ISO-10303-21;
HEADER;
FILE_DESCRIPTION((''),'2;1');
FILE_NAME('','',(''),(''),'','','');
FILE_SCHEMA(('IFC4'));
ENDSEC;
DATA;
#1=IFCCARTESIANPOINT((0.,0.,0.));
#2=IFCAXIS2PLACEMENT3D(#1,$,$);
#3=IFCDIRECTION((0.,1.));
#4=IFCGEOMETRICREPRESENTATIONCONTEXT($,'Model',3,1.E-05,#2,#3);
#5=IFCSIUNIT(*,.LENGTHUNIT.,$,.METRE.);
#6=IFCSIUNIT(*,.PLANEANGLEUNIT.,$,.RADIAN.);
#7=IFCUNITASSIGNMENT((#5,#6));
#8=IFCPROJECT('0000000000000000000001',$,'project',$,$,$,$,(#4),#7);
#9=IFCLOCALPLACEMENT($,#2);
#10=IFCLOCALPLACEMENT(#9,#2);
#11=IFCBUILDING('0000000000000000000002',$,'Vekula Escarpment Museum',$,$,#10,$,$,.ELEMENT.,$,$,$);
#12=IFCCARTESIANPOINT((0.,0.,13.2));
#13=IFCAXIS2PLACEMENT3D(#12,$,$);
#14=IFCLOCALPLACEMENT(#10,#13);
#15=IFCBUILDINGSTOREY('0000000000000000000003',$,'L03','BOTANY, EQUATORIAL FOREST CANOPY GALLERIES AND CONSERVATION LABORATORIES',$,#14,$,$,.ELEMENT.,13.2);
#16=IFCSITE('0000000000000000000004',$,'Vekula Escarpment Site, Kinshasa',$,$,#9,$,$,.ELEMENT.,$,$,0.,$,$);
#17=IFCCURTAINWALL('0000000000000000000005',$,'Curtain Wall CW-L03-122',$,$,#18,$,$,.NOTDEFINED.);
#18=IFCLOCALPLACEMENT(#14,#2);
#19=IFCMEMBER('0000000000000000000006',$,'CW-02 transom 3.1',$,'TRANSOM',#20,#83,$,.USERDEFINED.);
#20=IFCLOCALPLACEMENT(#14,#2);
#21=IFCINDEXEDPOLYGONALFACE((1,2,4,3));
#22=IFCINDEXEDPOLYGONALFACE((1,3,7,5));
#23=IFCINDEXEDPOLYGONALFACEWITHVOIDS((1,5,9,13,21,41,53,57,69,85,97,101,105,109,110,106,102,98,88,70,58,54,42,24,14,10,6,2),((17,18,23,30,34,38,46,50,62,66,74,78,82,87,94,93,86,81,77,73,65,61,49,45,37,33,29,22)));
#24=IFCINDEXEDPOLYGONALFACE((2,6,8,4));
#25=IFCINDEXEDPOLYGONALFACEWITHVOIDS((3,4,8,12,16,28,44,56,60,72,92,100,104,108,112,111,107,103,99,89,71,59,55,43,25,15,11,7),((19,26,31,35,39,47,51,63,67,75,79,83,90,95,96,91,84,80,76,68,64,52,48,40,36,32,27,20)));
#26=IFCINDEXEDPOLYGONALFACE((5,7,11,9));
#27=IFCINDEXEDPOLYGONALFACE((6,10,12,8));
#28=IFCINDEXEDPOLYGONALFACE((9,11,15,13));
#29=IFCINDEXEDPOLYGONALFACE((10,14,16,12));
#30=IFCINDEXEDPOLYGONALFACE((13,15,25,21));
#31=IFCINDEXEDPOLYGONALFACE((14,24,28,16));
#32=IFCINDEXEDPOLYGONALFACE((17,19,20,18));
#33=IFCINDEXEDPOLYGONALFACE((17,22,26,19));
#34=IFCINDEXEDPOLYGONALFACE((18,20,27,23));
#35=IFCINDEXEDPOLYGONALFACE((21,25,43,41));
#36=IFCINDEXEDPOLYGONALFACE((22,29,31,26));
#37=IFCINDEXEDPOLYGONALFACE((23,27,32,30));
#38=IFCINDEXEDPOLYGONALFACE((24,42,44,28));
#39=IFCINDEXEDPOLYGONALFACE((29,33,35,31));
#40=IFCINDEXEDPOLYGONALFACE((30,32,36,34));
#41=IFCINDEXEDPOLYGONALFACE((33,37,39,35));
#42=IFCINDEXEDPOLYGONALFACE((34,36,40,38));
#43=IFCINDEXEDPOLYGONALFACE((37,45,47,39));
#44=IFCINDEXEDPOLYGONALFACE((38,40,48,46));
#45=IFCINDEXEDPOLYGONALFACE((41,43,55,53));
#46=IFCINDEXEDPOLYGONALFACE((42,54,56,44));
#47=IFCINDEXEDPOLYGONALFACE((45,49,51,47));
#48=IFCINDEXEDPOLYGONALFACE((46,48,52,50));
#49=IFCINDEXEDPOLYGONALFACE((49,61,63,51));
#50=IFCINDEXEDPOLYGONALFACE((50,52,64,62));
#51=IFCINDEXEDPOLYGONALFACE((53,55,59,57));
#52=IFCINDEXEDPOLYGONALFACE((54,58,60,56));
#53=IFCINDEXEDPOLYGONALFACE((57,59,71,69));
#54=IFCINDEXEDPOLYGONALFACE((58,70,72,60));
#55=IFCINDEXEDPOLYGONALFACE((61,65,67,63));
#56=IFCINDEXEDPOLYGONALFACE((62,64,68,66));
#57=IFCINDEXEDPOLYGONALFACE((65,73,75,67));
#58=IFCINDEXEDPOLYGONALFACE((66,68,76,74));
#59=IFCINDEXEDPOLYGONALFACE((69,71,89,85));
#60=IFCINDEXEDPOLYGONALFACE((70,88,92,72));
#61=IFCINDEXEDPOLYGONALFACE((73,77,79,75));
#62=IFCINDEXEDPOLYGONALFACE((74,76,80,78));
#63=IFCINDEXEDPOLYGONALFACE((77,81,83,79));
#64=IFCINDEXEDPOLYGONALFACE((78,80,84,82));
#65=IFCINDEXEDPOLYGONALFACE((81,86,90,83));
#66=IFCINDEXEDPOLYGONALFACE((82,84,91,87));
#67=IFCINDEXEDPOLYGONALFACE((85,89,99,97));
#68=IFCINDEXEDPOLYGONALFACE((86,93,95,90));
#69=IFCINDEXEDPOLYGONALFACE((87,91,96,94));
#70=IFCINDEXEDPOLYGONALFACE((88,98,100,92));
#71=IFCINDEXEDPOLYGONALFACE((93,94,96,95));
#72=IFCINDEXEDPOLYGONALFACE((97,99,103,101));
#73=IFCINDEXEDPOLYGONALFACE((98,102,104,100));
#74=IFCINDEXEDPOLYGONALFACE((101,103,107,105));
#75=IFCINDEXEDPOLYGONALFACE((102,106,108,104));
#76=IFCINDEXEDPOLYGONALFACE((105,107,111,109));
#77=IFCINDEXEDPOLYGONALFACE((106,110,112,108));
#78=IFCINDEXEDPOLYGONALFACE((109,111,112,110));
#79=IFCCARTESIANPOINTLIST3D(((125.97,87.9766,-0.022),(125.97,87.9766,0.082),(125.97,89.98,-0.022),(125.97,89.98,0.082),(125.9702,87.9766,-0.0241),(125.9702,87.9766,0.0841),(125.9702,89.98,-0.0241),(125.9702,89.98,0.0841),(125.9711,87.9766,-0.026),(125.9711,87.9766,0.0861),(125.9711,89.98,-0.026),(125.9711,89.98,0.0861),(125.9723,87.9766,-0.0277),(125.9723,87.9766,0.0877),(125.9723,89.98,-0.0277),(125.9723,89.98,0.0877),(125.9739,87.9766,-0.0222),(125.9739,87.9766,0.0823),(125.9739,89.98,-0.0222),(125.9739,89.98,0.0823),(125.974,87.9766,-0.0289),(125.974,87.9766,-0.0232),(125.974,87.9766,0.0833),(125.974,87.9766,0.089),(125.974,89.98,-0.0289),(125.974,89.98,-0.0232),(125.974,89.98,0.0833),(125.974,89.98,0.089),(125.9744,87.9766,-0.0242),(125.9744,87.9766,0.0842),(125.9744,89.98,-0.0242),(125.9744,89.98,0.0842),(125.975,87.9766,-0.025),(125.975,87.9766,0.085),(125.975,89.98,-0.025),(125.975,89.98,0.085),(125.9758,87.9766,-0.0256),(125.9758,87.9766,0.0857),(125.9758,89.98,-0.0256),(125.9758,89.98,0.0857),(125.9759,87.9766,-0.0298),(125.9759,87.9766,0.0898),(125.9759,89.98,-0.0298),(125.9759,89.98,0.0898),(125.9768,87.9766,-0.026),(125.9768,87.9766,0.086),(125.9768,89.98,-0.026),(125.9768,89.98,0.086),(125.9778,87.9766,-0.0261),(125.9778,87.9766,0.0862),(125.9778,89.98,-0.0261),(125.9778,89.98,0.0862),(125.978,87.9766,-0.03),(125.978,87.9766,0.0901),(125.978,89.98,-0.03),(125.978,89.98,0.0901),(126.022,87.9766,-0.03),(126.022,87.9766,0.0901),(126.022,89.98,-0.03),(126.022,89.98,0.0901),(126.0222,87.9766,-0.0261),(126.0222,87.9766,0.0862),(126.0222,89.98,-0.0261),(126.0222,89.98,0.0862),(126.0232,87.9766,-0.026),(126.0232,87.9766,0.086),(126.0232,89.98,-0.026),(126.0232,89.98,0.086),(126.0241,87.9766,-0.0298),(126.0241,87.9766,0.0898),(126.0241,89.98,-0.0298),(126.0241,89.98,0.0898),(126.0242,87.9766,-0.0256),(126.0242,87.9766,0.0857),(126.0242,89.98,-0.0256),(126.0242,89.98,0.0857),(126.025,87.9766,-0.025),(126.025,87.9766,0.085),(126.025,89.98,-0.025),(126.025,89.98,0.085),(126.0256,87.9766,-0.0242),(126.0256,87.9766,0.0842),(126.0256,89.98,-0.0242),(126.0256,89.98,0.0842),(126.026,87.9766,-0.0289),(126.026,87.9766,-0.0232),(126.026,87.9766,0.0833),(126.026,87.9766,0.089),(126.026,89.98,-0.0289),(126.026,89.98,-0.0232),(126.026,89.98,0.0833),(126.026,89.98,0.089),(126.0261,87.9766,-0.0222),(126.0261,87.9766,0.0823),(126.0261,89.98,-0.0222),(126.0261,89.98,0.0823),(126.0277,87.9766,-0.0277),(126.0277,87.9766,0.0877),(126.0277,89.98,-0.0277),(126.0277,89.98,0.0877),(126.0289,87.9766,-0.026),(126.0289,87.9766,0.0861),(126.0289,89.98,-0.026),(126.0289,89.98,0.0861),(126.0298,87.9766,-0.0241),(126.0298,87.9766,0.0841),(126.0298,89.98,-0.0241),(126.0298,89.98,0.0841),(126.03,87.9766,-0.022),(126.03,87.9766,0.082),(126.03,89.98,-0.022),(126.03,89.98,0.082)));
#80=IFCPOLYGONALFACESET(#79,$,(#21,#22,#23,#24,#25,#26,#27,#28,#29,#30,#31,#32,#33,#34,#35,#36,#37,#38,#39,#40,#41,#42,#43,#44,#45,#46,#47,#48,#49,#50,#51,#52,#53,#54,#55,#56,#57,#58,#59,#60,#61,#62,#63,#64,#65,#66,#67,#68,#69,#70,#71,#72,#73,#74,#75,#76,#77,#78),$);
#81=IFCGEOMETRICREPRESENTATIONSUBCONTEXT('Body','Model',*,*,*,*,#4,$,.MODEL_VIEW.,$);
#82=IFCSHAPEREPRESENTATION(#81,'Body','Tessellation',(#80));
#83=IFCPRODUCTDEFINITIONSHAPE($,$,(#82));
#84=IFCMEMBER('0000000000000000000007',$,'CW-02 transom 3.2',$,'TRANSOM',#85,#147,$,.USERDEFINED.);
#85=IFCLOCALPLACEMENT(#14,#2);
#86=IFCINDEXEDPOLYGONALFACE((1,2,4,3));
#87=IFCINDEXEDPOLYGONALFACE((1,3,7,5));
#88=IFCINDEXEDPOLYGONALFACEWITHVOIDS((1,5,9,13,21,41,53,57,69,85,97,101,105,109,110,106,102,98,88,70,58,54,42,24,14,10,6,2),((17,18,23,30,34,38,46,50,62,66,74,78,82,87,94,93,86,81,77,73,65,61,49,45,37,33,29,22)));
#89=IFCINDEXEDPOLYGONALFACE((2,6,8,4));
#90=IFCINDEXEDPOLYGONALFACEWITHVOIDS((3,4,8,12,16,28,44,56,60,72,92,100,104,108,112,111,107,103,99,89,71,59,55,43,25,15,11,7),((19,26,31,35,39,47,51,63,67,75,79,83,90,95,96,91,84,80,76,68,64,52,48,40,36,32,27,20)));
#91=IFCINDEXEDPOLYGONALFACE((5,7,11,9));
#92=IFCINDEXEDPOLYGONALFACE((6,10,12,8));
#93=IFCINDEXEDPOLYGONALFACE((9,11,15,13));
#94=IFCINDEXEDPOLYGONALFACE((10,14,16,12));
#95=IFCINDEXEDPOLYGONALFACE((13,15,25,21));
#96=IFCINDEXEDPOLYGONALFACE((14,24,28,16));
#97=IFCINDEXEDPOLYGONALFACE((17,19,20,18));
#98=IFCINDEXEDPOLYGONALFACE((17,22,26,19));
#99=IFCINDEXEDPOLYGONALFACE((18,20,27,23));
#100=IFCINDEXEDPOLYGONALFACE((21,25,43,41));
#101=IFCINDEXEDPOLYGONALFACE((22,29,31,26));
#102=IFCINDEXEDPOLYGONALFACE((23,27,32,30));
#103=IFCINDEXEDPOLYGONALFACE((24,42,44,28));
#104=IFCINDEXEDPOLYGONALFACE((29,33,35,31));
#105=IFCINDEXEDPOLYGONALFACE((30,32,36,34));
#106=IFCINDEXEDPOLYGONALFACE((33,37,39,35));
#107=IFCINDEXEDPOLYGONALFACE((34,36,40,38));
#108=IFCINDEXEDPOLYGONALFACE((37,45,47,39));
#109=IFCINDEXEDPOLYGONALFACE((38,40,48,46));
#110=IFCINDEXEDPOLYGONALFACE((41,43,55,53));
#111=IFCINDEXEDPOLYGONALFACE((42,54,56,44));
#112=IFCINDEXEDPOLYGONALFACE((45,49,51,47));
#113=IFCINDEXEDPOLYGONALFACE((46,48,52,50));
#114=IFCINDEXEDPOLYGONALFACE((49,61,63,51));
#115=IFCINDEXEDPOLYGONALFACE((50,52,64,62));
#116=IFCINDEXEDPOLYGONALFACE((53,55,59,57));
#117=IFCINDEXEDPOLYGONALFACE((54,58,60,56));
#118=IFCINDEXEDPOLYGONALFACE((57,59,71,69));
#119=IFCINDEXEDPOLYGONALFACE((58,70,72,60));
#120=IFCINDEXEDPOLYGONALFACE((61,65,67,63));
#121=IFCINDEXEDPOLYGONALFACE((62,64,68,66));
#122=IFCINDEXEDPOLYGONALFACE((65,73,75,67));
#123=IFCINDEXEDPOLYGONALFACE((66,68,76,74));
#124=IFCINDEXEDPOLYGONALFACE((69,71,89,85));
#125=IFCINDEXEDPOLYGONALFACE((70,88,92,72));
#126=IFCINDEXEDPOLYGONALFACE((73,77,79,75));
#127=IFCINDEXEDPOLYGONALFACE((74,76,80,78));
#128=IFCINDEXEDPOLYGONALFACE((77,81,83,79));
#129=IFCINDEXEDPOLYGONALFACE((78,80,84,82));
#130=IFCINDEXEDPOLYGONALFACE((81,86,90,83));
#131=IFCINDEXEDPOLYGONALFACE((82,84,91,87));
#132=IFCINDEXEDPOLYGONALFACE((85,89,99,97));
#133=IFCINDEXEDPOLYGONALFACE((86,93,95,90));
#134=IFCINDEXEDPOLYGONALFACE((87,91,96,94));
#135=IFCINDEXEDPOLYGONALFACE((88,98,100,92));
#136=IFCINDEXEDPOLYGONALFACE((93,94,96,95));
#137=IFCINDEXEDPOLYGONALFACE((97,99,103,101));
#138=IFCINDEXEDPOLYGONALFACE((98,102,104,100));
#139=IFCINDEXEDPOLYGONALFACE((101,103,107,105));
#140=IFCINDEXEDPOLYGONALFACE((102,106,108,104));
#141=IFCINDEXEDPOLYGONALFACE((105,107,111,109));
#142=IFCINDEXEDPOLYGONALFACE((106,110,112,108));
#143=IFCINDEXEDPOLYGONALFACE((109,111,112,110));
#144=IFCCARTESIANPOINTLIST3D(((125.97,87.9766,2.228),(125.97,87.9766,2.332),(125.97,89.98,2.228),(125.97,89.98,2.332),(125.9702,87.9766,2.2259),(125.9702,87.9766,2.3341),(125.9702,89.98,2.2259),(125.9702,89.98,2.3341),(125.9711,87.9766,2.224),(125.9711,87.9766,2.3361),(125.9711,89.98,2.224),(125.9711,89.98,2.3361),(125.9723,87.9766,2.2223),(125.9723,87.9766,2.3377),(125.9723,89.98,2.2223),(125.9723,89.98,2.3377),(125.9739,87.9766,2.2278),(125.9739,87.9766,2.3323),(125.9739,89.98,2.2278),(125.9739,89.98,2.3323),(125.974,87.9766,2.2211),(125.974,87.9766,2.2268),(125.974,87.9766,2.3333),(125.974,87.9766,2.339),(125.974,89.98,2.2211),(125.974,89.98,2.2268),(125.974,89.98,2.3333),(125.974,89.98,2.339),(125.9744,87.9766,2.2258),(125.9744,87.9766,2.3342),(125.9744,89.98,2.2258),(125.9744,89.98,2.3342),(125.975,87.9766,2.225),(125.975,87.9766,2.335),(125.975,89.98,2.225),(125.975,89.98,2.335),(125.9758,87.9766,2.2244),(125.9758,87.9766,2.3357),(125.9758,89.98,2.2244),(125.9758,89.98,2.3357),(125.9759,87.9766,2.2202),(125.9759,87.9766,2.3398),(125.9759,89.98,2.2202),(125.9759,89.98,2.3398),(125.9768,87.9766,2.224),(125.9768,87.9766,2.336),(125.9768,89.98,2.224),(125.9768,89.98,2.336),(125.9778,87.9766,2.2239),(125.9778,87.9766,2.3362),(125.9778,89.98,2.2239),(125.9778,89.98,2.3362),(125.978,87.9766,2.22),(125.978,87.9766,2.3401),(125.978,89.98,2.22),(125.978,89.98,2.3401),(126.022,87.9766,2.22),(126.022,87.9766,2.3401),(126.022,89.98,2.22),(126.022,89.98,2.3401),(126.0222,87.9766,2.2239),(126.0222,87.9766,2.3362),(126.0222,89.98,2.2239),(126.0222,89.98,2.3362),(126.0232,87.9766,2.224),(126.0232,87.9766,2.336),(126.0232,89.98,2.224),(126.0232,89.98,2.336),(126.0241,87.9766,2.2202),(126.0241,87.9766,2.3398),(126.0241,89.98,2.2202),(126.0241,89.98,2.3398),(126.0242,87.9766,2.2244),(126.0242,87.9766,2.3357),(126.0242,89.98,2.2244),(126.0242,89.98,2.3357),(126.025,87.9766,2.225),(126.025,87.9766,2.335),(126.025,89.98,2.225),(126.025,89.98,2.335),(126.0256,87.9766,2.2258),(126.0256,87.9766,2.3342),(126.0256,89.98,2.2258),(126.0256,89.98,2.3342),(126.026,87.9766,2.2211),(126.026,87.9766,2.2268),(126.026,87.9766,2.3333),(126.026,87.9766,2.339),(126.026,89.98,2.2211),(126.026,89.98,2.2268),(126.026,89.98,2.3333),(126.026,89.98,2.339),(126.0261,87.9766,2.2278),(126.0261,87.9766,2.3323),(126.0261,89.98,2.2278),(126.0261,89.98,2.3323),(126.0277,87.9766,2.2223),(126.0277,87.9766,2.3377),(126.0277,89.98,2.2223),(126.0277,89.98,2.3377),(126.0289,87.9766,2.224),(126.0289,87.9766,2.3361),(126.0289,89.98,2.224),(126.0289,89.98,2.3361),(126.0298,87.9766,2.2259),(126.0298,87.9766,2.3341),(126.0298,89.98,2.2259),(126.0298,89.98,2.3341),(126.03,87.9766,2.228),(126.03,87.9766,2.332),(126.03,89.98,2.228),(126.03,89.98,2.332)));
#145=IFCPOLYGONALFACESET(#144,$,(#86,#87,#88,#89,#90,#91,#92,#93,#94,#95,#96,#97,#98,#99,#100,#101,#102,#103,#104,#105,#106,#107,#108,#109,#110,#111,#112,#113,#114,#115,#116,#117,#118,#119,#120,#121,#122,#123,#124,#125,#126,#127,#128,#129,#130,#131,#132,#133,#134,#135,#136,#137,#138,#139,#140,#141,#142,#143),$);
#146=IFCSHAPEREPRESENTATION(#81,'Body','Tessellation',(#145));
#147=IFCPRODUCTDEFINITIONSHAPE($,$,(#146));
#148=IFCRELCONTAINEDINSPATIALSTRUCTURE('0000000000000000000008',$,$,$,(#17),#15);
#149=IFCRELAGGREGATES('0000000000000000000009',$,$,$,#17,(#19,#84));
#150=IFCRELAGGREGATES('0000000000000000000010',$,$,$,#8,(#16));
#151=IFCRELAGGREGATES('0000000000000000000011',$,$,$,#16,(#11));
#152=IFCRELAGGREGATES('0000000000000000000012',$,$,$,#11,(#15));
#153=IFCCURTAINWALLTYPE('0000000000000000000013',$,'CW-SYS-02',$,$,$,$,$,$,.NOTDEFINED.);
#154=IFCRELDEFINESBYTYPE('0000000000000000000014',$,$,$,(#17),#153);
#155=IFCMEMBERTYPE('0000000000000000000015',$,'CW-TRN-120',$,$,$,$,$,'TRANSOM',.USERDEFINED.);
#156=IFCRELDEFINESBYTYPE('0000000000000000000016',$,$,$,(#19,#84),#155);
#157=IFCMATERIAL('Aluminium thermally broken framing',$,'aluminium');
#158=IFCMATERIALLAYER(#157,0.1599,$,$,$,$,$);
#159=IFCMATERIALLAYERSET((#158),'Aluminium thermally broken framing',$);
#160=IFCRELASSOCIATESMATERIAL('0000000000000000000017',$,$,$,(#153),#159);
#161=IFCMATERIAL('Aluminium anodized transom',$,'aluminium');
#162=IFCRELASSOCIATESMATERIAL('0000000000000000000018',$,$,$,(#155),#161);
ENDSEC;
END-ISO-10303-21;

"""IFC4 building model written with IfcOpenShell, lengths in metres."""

from ifc_helpers import new_model, si_unit, direction, frame, origin, origin_2d, place, context, subcontext, project, spatial, hollow_rectangle, extrude, material, layer, layer_set, material_profile, profile_set, type_object, element, aggregate, save


model = new_model("IFC4")

# Units and contexts
model_context = context("Model", 3, precision=1e-05, world=origin(), true_north=direction((0.0, 1.0)))
body_context = subcontext(model_context, "Body", "Model", "MODEL_VIEW")
ifc_project = project(units=[si_unit("LENGTHUNIT", "METRE"), si_unit("PLANEANGLEUNIT", "RADIAN")], contexts=[model_context])

# Site, building, storey
site_placement = place(None, origin())
site = spatial("IfcSite", under=ifc_project, at=site_placement, Name="Vekula Escarpment Site, Kinshasa", CompositionType="ELEMENT", RefElevation=0.0)
building_placement = place(site_placement, origin())
building = spatial("IfcBuilding", under=site, at=building_placement, Name="Vekula Escarpment Museum", CompositionType="ELEMENT")
storey_placement = place(building_placement, frame((0.0, 0.0, 13.2)))
storey = spatial("IfcBuildingStorey", under=building, at=storey_placement, Name="L03", Description="BOTANY, EQUATORIAL FOREST CANOPY GALLERIES AND CONSERVATION LABORATORIES", CompositionType="ELEMENT", Elevation=13.2)

# Curtain wall
ifc_material_1 = material(Name="Aluminium thermally broken framing", Category="aluminium")
ifc_layer_1 = layer(ifc_material_1, 0.1599)
ifc_layer_set_1 = layer_set([ifc_layer_1], Name="Aluminium thermally broken framing")
curtain_wall_type_1 = type_object("IfcCurtainWallType", Name="CW-SYS-02", PredefinedType="NOTDEFINED", material=ifc_layer_set_1)
curtain_wall_1_placement = place(storey_placement, origin())
curtain_wall_1 = element("IfcCurtainWall", 1, at=curtain_wall_1_placement, inside=storey, type_object=curtain_wall_type_1, Name="Curtain Wall CW-L03-122", PredefinedType="NOTDEFINED")

# Members
ifc_material_2 = material(Name="Aluminium anodized transom", Category="aluminium")
ifc_material_profile_1 = material_profile(ifc_material_2, hollow_rectangle(XDim=0.0601, YDim=0.1201, WallThickness=0.0039, InnerFilletRadius=0.0039, OuterFilletRadius=0.0081, at=origin_2d()), Name="ALU 120x60x4")
ifc_profile_set_1 = profile_set([ifc_material_profile_1], Name="Aluminium anodized transom")
member_type_1 = type_object("IfcMemberType", Name="CW-TRN-120", ElementType="TRANSOM", PredefinedType="USERDEFINED", material=ifc_profile_set_1)
member_1_placement = place(storey_placement, frame((126.0, 87.9766, 0.03), z_axis=(0.0, 1.0, 0.0), x_axis=(-1.0, 0.0, 0.0)))
member_1 = element("IfcMember", 2, at=member_1_placement, type_object=member_type_1, Name="CW-02 transom 3.1", ObjectType="TRANSOM", PredefinedType="USERDEFINED", context=body_context, shape_type="SweptSolid", body=[
    extrude(hollow_rectangle(XDim=0.0601, YDim=0.1201, WallThickness=0.0039, InnerFilletRadius=0.0039, OuterFilletRadius=0.0081, at=origin_2d()), origin(), (0.0, 0.0, 1.0), 2.0034),
])
member_2_placement = place(storey_placement, frame((126.0, 87.9766, 2.28), z_axis=(0.0, 1.0, 0.0), x_axis=(-1.0, 0.0, 0.0)))
member_2 = element("IfcMember", 3, at=member_2_placement, type_object=member_type_1, Name="CW-02 transom 3.2", ObjectType="TRANSOM", PredefinedType="USERDEFINED", context=body_context, shape_type="SweptSolid", body=[
    extrude(hollow_rectangle(XDim=0.0601, YDim=0.1201, WallThickness=0.0039, InnerFilletRadius=0.0039, OuterFilletRadius=0.0081, at=origin_2d()), origin(), (0.0, 0.0, 1.0), 2.0034),
])

aggregate(curtain_wall_1, [member_1, member_2])

save(model, "model.ifc")
